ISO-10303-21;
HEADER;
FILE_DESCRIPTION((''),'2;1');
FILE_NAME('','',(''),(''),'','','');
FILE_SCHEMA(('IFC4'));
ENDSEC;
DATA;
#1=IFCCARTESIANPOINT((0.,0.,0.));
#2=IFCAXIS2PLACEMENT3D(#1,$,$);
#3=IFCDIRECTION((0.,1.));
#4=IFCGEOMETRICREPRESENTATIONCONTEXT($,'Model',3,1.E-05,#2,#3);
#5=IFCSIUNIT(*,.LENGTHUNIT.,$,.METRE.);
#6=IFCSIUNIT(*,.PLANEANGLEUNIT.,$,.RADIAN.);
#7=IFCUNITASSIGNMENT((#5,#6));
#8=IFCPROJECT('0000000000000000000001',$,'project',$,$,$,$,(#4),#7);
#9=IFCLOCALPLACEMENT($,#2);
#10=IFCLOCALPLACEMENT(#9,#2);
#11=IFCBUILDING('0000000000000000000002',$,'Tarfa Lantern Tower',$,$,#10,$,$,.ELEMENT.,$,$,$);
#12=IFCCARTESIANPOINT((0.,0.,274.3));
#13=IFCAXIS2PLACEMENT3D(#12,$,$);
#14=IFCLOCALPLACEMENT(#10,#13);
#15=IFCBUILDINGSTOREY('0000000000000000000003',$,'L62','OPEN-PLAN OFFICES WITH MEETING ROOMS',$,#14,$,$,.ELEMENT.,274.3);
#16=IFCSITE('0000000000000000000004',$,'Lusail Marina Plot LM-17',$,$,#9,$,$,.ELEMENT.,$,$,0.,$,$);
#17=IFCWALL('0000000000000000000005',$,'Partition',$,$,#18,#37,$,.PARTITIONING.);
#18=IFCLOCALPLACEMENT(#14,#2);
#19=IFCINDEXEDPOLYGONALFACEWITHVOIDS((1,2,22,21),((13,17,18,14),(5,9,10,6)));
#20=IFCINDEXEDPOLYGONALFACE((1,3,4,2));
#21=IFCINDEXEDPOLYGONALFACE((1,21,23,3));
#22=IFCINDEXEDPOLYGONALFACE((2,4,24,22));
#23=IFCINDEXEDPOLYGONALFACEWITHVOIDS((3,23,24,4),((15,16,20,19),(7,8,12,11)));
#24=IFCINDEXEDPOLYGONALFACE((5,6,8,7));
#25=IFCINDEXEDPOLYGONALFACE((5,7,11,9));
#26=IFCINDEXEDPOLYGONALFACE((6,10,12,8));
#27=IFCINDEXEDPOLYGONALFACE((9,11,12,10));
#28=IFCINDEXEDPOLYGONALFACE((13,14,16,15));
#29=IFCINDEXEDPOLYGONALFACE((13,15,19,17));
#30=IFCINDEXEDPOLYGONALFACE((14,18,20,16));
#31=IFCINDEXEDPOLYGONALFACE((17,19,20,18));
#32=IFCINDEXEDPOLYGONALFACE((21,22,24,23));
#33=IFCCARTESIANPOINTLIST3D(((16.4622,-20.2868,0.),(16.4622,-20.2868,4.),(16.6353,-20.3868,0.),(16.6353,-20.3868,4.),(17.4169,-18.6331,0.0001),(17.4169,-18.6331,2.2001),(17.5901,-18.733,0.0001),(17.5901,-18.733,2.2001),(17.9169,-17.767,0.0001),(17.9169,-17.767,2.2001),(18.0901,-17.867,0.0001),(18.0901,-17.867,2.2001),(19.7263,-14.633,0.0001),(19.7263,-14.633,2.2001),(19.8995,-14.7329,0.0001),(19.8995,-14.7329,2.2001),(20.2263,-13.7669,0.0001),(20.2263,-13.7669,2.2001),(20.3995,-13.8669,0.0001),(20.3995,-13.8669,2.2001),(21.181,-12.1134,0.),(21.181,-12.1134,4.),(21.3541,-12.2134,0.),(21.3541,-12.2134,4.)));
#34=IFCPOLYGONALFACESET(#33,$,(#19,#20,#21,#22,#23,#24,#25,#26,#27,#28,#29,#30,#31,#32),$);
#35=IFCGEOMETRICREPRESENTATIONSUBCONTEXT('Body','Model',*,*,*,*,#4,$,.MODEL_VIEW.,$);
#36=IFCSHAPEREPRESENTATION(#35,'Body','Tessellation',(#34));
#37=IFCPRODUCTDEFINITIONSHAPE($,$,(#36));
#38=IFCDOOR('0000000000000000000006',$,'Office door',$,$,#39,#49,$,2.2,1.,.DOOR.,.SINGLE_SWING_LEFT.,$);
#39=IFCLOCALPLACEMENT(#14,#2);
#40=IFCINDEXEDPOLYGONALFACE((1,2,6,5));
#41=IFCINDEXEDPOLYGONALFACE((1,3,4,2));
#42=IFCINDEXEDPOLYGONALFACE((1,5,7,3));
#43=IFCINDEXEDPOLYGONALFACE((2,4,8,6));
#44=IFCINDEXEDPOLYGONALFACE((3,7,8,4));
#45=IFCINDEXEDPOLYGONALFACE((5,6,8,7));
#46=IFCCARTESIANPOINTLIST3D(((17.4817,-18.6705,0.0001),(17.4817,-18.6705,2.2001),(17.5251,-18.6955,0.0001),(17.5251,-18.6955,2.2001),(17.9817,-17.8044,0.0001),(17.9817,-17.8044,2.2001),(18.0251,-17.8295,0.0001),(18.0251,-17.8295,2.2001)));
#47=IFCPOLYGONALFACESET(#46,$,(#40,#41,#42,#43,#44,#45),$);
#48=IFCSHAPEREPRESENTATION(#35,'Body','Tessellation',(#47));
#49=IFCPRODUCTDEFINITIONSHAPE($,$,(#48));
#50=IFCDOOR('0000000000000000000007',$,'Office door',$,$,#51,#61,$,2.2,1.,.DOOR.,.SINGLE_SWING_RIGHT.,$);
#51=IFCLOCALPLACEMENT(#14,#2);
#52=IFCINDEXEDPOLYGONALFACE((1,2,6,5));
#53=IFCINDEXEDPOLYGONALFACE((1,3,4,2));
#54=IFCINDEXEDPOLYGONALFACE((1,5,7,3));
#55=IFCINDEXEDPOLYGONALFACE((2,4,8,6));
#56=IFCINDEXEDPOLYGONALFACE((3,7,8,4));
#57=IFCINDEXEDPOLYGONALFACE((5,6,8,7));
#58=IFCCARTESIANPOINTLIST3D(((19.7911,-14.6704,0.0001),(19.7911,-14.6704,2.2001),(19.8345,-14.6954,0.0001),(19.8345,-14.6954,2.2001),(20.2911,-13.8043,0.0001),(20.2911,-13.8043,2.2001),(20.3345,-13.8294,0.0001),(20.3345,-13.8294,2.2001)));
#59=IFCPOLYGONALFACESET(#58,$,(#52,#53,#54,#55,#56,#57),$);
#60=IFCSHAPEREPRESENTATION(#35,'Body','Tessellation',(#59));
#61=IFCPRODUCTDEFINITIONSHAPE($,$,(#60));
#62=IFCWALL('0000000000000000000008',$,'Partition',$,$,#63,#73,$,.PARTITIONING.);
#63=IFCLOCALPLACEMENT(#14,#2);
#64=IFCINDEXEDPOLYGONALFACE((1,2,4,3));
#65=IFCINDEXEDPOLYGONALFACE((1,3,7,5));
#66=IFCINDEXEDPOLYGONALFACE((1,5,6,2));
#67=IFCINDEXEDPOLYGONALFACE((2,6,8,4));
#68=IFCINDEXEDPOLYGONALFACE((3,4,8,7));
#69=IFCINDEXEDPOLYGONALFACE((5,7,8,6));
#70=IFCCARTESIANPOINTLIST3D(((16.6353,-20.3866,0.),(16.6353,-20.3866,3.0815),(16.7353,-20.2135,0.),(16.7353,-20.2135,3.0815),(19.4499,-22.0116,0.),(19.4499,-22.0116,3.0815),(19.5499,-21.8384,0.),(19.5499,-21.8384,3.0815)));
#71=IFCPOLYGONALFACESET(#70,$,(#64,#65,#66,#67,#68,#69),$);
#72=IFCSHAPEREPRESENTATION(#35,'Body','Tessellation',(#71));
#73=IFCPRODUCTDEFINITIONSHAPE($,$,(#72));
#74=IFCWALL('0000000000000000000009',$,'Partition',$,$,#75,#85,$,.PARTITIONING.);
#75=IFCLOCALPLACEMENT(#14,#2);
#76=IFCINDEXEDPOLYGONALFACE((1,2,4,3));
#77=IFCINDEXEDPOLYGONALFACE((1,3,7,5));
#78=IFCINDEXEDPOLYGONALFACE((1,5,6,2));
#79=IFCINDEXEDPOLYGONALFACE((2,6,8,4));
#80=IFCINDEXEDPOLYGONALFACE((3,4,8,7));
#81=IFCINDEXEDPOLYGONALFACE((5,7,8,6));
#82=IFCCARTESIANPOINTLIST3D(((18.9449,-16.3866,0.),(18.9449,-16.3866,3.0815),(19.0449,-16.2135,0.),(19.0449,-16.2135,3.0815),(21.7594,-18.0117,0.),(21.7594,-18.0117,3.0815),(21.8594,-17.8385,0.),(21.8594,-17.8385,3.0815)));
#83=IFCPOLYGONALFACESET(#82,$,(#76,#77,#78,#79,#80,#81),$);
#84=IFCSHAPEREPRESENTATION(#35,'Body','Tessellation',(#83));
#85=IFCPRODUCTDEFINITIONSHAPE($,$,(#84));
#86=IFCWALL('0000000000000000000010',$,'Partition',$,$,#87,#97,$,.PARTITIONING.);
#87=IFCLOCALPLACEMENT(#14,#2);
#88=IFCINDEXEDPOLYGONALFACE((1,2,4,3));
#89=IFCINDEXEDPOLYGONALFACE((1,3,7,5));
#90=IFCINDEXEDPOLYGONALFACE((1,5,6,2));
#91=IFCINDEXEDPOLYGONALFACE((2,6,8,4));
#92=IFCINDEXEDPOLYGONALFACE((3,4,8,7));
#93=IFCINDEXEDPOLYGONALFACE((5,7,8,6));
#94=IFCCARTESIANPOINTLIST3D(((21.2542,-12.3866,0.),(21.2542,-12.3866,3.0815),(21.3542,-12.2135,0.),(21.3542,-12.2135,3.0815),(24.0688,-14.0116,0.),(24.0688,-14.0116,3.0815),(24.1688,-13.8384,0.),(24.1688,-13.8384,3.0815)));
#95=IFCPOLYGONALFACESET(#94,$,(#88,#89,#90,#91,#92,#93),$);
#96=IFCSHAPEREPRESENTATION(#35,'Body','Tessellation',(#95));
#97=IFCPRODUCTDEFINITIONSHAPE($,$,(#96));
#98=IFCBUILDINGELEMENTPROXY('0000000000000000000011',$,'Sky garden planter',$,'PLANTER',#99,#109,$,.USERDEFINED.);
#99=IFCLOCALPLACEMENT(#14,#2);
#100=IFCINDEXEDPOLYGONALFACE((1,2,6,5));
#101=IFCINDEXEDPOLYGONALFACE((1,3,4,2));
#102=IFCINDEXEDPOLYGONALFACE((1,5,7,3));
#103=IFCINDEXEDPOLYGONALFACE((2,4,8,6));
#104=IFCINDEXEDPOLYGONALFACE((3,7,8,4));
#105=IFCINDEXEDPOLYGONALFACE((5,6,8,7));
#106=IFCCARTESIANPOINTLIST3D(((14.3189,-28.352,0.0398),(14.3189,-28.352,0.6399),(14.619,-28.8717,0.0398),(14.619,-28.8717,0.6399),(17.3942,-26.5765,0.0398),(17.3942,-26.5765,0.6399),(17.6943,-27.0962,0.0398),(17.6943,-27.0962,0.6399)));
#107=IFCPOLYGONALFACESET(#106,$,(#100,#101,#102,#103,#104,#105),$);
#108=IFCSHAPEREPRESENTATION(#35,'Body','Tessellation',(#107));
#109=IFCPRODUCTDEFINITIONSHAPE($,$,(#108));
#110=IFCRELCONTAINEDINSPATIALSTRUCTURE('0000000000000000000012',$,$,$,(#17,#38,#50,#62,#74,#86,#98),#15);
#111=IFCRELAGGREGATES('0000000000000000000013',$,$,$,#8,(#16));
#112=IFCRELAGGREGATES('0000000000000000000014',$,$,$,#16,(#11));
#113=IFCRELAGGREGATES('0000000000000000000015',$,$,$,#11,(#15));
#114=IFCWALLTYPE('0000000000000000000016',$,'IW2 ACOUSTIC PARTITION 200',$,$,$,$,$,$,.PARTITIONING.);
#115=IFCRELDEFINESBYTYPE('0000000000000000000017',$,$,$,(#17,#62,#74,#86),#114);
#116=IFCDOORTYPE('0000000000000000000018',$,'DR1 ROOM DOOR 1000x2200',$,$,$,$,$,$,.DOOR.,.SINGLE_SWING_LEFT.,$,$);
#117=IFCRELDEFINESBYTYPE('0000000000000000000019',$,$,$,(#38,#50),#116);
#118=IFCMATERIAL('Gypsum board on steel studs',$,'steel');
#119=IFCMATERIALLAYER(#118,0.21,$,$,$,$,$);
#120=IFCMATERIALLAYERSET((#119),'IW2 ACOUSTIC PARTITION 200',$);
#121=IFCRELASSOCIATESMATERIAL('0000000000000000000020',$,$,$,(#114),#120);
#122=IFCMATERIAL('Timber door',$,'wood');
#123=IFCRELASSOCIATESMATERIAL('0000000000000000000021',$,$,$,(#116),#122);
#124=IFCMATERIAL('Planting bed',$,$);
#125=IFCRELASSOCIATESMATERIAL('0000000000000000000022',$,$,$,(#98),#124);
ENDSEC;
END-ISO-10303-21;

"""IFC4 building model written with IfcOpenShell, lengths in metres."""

from ifc_helpers import new_model, si_unit, direction, frame, frame_2d, origin, origin_2d, place, context, subcontext, project, spatial, rectangle, extrude, material, layer, layer_set, type_object, element, fill, save


model = new_model("IFC4")

# Units and contexts
model_context = context("Model", 3, precision=1e-05, world=origin(), true_north=direction((0.0, 1.0)))
body_context = subcontext(model_context, "Body", "Model", "MODEL_VIEW")
ifc_project = project(units=[si_unit("LENGTHUNIT", "METRE"), si_unit("PLANEANGLEUNIT", "RADIAN")], contexts=[model_context])

# Site, building, storey
site_placement = place(None, origin())
site = spatial("IfcSite", under=ifc_project, at=site_placement, Name="Lusail Marina Plot LM-17", CompositionType="ELEMENT", RefElevation=0.0)
building_placement = place(site_placement, origin())
building = spatial("IfcBuilding", under=site, at=building_placement, Name="Tarfa Lantern Tower", CompositionType="ELEMENT")
storey_placement = place(building_placement, frame((0.0, 0.0, 274.3)))
storey = spatial("IfcBuildingStorey", under=building, at=storey_placement, Name="L62", Description="OPEN-PLAN OFFICES WITH MEETING ROOMS", CompositionType="ELEMENT", Elevation=274.3)

# Wall, openings, doors
ifc_material_1 = material(Name="Gypsum board on steel studs", Category="steel")
ifc_layer_1 = layer(ifc_material_1, 0.21)
ifc_layer_set_1 = layer_set([ifc_layer_1], Name="IW2 ACOUSTIC PARTITION 200")
wall_type_1 = type_object("IfcWallType", Name="IW2 ACOUSTIC PARTITION 200", PredefinedType="PARTITIONING", material=ifc_layer_set_1)
wall_1_placement = place(storey_placement, frame((16.5488, -20.3367, 0.0), z_axis=(0.0, 0.0, 1.0), x_axis=(0.49999, 0.866031, 0.0)))
wall_1 = element("IfcWall", 1, at=wall_1_placement, inside=storey, type_object=wall_type_1, Name="Partition", PredefinedType="PARTITIONING", context=body_context, shape_type="SweptSolid", body=[
    extrude(rectangle(XDim=9.4377, YDim=0.2, at=frame_2d((4.7188, 0.0))), origin(), (0.0, 0.0, 1.0), 4.0),
])
opening_1_placement = place(wall_1_placement, frame((1.9094, 0.0, 0.0)))
opening_1 = element("IfcOpeningElement", 2, at=opening_1_placement, cuts=wall_1, PredefinedType="OPENING", context=body_context, shape_type="SweptSolid", body=[
    extrude(rectangle(XDim=1.0, YDim=2.2, at=frame_2d((0.5, 1.1001))), frame((0.0, 0.1099, 0.0), z_axis=(0.0, -1.0, 0.0), x_axis=(1.0, 0.0, 0.0)), (0.0, 0.0, 1.0), 0.22),
])
opening_2_placement = place(wall_1_placement, frame((6.5283, 0.0, 0.0)))
opening_2 = element("IfcOpeningElement", 3, at=opening_2_placement, cuts=wall_1, PredefinedType="OPENING", context=body_context, shape_type="SweptSolid", body=[
    extrude(rectangle(XDim=1.0, YDim=2.2, at=frame_2d((0.5, 1.1001))), frame((0.0, 0.1099, 0.0), z_axis=(0.0, -1.0, 0.0), x_axis=(1.0, 0.0, 0.0)), (0.0, 0.0, 1.0), 0.22),
])
ifc_material_2 = material(Name="Timber door", Category="wood")
door_type_1 = type_object("IfcDoorType", Name="DR1 ROOM DOOR 1000x2200", OperationType="SINGLE_SWING_LEFT", PredefinedType="DOOR", material=ifc_material_2)
door_1_placement = place(opening_1_placement, frame((1.0, 0.0, 0.0), z_axis=(0.0, 0.0, 1.0), x_axis=(-1.0, 0.0, 0.0)))
door_1 = element("IfcDoor", 4, at=door_1_placement, inside=storey, type_object=door_type_1, Name="Office door", OperationType="SINGLE_SWING_LEFT", OverallHeight=2.2, OverallWidth=1.0, PredefinedType="DOOR", context=body_context, shape_type="SweptSolid", body=[
    extrude(rectangle(XDim=1.0, YDim=2.2, at=frame_2d((0.5, 1.1001))), frame((0.0, 0.0249, 0.0), z_axis=(0.0, -1.0, 0.0), x_axis=(1.0, 0.0, 0.0)), (0.0, 0.0, 1.0), 0.05),
])
fill(opening_1, door_1)
door_2_placement = place(opening_2_placement, frame((1.0, 0.0, 0.0), z_axis=(0.0, 0.0, 1.0), x_axis=(-1.0, 0.0, 0.0)))
door_2 = element("IfcDoor", 5, at=door_2_placement, inside=storey, type_object=door_type_1, Name="Office door", OperationType="SINGLE_SWING_RIGHT", OverallHeight=2.2, OverallWidth=1.0, PredefinedType="DOOR", context=body_context, shape_type="SweptSolid", body=[
    extrude(rectangle(XDim=1.0, YDim=2.2, at=frame_2d((0.5, 1.1001))), frame((0.0, 0.0249, 0.0), z_axis=(0.0, -1.0, 0.0), x_axis=(1.0, 0.0, 0.0)), (0.0, 0.0, 1.0), 0.05),
])
fill(opening_2, door_2)

# Walls
for number, where, z_axis, x_axis, name in (
    (6, (16.6853, -20.3, 0.0), (0.0, 0.0, 1.0), (0.866034, -0.499985, 0.0), "Partition"),
    (7, (18.9949, -16.3, 0.0), (0.0, 0.0, 1.0), (0.866015, -0.500017, 0.0), "Partition"),
    (8, (21.3042, -12.3, 0.0), (0.0, 0.0, 1.0), (0.866034, -0.499985, 0.0), "Partition"),
):
    element("IfcWall", number, at=place(storey_placement, frame(where, z_axis=z_axis, x_axis=x_axis)), inside=storey, type_object=wall_type_1, Name=name, PredefinedType="PARTITIONING", context=body_context, shape_type="SweptSolid", body=[
        extrude(rectangle(XDim=3.25, YDim=0.2, at=frame_2d((1.625, 0.0))), origin(), (0.0, 0.0, 1.0), 3.0815),
    ])

# Building element proxy
ifc_material_3 = material(Name="Planting bed")
proxy_placement = place(storey_placement, frame((16.0066, -27.7241, 0.0398), z_axis=(0.0, 0.0, 1.0), x_axis=(0.866025, 0.5, 0.0)))
element("IfcBuildingElementProxy", 9, at=proxy_placement, inside=storey, material=ifc_material_3, Name="Sky garden planter", ObjectType="PLANTER", PredefinedType="USERDEFINED", context=body_context, shape_type="SweptSolid", body=[
    extrude(rectangle(XDim=3.551, YDim=0.6001, at=origin_2d()), origin(), (0.0, 0.0, 1.0), 0.6001),
])

save(model, "model.ifc")
